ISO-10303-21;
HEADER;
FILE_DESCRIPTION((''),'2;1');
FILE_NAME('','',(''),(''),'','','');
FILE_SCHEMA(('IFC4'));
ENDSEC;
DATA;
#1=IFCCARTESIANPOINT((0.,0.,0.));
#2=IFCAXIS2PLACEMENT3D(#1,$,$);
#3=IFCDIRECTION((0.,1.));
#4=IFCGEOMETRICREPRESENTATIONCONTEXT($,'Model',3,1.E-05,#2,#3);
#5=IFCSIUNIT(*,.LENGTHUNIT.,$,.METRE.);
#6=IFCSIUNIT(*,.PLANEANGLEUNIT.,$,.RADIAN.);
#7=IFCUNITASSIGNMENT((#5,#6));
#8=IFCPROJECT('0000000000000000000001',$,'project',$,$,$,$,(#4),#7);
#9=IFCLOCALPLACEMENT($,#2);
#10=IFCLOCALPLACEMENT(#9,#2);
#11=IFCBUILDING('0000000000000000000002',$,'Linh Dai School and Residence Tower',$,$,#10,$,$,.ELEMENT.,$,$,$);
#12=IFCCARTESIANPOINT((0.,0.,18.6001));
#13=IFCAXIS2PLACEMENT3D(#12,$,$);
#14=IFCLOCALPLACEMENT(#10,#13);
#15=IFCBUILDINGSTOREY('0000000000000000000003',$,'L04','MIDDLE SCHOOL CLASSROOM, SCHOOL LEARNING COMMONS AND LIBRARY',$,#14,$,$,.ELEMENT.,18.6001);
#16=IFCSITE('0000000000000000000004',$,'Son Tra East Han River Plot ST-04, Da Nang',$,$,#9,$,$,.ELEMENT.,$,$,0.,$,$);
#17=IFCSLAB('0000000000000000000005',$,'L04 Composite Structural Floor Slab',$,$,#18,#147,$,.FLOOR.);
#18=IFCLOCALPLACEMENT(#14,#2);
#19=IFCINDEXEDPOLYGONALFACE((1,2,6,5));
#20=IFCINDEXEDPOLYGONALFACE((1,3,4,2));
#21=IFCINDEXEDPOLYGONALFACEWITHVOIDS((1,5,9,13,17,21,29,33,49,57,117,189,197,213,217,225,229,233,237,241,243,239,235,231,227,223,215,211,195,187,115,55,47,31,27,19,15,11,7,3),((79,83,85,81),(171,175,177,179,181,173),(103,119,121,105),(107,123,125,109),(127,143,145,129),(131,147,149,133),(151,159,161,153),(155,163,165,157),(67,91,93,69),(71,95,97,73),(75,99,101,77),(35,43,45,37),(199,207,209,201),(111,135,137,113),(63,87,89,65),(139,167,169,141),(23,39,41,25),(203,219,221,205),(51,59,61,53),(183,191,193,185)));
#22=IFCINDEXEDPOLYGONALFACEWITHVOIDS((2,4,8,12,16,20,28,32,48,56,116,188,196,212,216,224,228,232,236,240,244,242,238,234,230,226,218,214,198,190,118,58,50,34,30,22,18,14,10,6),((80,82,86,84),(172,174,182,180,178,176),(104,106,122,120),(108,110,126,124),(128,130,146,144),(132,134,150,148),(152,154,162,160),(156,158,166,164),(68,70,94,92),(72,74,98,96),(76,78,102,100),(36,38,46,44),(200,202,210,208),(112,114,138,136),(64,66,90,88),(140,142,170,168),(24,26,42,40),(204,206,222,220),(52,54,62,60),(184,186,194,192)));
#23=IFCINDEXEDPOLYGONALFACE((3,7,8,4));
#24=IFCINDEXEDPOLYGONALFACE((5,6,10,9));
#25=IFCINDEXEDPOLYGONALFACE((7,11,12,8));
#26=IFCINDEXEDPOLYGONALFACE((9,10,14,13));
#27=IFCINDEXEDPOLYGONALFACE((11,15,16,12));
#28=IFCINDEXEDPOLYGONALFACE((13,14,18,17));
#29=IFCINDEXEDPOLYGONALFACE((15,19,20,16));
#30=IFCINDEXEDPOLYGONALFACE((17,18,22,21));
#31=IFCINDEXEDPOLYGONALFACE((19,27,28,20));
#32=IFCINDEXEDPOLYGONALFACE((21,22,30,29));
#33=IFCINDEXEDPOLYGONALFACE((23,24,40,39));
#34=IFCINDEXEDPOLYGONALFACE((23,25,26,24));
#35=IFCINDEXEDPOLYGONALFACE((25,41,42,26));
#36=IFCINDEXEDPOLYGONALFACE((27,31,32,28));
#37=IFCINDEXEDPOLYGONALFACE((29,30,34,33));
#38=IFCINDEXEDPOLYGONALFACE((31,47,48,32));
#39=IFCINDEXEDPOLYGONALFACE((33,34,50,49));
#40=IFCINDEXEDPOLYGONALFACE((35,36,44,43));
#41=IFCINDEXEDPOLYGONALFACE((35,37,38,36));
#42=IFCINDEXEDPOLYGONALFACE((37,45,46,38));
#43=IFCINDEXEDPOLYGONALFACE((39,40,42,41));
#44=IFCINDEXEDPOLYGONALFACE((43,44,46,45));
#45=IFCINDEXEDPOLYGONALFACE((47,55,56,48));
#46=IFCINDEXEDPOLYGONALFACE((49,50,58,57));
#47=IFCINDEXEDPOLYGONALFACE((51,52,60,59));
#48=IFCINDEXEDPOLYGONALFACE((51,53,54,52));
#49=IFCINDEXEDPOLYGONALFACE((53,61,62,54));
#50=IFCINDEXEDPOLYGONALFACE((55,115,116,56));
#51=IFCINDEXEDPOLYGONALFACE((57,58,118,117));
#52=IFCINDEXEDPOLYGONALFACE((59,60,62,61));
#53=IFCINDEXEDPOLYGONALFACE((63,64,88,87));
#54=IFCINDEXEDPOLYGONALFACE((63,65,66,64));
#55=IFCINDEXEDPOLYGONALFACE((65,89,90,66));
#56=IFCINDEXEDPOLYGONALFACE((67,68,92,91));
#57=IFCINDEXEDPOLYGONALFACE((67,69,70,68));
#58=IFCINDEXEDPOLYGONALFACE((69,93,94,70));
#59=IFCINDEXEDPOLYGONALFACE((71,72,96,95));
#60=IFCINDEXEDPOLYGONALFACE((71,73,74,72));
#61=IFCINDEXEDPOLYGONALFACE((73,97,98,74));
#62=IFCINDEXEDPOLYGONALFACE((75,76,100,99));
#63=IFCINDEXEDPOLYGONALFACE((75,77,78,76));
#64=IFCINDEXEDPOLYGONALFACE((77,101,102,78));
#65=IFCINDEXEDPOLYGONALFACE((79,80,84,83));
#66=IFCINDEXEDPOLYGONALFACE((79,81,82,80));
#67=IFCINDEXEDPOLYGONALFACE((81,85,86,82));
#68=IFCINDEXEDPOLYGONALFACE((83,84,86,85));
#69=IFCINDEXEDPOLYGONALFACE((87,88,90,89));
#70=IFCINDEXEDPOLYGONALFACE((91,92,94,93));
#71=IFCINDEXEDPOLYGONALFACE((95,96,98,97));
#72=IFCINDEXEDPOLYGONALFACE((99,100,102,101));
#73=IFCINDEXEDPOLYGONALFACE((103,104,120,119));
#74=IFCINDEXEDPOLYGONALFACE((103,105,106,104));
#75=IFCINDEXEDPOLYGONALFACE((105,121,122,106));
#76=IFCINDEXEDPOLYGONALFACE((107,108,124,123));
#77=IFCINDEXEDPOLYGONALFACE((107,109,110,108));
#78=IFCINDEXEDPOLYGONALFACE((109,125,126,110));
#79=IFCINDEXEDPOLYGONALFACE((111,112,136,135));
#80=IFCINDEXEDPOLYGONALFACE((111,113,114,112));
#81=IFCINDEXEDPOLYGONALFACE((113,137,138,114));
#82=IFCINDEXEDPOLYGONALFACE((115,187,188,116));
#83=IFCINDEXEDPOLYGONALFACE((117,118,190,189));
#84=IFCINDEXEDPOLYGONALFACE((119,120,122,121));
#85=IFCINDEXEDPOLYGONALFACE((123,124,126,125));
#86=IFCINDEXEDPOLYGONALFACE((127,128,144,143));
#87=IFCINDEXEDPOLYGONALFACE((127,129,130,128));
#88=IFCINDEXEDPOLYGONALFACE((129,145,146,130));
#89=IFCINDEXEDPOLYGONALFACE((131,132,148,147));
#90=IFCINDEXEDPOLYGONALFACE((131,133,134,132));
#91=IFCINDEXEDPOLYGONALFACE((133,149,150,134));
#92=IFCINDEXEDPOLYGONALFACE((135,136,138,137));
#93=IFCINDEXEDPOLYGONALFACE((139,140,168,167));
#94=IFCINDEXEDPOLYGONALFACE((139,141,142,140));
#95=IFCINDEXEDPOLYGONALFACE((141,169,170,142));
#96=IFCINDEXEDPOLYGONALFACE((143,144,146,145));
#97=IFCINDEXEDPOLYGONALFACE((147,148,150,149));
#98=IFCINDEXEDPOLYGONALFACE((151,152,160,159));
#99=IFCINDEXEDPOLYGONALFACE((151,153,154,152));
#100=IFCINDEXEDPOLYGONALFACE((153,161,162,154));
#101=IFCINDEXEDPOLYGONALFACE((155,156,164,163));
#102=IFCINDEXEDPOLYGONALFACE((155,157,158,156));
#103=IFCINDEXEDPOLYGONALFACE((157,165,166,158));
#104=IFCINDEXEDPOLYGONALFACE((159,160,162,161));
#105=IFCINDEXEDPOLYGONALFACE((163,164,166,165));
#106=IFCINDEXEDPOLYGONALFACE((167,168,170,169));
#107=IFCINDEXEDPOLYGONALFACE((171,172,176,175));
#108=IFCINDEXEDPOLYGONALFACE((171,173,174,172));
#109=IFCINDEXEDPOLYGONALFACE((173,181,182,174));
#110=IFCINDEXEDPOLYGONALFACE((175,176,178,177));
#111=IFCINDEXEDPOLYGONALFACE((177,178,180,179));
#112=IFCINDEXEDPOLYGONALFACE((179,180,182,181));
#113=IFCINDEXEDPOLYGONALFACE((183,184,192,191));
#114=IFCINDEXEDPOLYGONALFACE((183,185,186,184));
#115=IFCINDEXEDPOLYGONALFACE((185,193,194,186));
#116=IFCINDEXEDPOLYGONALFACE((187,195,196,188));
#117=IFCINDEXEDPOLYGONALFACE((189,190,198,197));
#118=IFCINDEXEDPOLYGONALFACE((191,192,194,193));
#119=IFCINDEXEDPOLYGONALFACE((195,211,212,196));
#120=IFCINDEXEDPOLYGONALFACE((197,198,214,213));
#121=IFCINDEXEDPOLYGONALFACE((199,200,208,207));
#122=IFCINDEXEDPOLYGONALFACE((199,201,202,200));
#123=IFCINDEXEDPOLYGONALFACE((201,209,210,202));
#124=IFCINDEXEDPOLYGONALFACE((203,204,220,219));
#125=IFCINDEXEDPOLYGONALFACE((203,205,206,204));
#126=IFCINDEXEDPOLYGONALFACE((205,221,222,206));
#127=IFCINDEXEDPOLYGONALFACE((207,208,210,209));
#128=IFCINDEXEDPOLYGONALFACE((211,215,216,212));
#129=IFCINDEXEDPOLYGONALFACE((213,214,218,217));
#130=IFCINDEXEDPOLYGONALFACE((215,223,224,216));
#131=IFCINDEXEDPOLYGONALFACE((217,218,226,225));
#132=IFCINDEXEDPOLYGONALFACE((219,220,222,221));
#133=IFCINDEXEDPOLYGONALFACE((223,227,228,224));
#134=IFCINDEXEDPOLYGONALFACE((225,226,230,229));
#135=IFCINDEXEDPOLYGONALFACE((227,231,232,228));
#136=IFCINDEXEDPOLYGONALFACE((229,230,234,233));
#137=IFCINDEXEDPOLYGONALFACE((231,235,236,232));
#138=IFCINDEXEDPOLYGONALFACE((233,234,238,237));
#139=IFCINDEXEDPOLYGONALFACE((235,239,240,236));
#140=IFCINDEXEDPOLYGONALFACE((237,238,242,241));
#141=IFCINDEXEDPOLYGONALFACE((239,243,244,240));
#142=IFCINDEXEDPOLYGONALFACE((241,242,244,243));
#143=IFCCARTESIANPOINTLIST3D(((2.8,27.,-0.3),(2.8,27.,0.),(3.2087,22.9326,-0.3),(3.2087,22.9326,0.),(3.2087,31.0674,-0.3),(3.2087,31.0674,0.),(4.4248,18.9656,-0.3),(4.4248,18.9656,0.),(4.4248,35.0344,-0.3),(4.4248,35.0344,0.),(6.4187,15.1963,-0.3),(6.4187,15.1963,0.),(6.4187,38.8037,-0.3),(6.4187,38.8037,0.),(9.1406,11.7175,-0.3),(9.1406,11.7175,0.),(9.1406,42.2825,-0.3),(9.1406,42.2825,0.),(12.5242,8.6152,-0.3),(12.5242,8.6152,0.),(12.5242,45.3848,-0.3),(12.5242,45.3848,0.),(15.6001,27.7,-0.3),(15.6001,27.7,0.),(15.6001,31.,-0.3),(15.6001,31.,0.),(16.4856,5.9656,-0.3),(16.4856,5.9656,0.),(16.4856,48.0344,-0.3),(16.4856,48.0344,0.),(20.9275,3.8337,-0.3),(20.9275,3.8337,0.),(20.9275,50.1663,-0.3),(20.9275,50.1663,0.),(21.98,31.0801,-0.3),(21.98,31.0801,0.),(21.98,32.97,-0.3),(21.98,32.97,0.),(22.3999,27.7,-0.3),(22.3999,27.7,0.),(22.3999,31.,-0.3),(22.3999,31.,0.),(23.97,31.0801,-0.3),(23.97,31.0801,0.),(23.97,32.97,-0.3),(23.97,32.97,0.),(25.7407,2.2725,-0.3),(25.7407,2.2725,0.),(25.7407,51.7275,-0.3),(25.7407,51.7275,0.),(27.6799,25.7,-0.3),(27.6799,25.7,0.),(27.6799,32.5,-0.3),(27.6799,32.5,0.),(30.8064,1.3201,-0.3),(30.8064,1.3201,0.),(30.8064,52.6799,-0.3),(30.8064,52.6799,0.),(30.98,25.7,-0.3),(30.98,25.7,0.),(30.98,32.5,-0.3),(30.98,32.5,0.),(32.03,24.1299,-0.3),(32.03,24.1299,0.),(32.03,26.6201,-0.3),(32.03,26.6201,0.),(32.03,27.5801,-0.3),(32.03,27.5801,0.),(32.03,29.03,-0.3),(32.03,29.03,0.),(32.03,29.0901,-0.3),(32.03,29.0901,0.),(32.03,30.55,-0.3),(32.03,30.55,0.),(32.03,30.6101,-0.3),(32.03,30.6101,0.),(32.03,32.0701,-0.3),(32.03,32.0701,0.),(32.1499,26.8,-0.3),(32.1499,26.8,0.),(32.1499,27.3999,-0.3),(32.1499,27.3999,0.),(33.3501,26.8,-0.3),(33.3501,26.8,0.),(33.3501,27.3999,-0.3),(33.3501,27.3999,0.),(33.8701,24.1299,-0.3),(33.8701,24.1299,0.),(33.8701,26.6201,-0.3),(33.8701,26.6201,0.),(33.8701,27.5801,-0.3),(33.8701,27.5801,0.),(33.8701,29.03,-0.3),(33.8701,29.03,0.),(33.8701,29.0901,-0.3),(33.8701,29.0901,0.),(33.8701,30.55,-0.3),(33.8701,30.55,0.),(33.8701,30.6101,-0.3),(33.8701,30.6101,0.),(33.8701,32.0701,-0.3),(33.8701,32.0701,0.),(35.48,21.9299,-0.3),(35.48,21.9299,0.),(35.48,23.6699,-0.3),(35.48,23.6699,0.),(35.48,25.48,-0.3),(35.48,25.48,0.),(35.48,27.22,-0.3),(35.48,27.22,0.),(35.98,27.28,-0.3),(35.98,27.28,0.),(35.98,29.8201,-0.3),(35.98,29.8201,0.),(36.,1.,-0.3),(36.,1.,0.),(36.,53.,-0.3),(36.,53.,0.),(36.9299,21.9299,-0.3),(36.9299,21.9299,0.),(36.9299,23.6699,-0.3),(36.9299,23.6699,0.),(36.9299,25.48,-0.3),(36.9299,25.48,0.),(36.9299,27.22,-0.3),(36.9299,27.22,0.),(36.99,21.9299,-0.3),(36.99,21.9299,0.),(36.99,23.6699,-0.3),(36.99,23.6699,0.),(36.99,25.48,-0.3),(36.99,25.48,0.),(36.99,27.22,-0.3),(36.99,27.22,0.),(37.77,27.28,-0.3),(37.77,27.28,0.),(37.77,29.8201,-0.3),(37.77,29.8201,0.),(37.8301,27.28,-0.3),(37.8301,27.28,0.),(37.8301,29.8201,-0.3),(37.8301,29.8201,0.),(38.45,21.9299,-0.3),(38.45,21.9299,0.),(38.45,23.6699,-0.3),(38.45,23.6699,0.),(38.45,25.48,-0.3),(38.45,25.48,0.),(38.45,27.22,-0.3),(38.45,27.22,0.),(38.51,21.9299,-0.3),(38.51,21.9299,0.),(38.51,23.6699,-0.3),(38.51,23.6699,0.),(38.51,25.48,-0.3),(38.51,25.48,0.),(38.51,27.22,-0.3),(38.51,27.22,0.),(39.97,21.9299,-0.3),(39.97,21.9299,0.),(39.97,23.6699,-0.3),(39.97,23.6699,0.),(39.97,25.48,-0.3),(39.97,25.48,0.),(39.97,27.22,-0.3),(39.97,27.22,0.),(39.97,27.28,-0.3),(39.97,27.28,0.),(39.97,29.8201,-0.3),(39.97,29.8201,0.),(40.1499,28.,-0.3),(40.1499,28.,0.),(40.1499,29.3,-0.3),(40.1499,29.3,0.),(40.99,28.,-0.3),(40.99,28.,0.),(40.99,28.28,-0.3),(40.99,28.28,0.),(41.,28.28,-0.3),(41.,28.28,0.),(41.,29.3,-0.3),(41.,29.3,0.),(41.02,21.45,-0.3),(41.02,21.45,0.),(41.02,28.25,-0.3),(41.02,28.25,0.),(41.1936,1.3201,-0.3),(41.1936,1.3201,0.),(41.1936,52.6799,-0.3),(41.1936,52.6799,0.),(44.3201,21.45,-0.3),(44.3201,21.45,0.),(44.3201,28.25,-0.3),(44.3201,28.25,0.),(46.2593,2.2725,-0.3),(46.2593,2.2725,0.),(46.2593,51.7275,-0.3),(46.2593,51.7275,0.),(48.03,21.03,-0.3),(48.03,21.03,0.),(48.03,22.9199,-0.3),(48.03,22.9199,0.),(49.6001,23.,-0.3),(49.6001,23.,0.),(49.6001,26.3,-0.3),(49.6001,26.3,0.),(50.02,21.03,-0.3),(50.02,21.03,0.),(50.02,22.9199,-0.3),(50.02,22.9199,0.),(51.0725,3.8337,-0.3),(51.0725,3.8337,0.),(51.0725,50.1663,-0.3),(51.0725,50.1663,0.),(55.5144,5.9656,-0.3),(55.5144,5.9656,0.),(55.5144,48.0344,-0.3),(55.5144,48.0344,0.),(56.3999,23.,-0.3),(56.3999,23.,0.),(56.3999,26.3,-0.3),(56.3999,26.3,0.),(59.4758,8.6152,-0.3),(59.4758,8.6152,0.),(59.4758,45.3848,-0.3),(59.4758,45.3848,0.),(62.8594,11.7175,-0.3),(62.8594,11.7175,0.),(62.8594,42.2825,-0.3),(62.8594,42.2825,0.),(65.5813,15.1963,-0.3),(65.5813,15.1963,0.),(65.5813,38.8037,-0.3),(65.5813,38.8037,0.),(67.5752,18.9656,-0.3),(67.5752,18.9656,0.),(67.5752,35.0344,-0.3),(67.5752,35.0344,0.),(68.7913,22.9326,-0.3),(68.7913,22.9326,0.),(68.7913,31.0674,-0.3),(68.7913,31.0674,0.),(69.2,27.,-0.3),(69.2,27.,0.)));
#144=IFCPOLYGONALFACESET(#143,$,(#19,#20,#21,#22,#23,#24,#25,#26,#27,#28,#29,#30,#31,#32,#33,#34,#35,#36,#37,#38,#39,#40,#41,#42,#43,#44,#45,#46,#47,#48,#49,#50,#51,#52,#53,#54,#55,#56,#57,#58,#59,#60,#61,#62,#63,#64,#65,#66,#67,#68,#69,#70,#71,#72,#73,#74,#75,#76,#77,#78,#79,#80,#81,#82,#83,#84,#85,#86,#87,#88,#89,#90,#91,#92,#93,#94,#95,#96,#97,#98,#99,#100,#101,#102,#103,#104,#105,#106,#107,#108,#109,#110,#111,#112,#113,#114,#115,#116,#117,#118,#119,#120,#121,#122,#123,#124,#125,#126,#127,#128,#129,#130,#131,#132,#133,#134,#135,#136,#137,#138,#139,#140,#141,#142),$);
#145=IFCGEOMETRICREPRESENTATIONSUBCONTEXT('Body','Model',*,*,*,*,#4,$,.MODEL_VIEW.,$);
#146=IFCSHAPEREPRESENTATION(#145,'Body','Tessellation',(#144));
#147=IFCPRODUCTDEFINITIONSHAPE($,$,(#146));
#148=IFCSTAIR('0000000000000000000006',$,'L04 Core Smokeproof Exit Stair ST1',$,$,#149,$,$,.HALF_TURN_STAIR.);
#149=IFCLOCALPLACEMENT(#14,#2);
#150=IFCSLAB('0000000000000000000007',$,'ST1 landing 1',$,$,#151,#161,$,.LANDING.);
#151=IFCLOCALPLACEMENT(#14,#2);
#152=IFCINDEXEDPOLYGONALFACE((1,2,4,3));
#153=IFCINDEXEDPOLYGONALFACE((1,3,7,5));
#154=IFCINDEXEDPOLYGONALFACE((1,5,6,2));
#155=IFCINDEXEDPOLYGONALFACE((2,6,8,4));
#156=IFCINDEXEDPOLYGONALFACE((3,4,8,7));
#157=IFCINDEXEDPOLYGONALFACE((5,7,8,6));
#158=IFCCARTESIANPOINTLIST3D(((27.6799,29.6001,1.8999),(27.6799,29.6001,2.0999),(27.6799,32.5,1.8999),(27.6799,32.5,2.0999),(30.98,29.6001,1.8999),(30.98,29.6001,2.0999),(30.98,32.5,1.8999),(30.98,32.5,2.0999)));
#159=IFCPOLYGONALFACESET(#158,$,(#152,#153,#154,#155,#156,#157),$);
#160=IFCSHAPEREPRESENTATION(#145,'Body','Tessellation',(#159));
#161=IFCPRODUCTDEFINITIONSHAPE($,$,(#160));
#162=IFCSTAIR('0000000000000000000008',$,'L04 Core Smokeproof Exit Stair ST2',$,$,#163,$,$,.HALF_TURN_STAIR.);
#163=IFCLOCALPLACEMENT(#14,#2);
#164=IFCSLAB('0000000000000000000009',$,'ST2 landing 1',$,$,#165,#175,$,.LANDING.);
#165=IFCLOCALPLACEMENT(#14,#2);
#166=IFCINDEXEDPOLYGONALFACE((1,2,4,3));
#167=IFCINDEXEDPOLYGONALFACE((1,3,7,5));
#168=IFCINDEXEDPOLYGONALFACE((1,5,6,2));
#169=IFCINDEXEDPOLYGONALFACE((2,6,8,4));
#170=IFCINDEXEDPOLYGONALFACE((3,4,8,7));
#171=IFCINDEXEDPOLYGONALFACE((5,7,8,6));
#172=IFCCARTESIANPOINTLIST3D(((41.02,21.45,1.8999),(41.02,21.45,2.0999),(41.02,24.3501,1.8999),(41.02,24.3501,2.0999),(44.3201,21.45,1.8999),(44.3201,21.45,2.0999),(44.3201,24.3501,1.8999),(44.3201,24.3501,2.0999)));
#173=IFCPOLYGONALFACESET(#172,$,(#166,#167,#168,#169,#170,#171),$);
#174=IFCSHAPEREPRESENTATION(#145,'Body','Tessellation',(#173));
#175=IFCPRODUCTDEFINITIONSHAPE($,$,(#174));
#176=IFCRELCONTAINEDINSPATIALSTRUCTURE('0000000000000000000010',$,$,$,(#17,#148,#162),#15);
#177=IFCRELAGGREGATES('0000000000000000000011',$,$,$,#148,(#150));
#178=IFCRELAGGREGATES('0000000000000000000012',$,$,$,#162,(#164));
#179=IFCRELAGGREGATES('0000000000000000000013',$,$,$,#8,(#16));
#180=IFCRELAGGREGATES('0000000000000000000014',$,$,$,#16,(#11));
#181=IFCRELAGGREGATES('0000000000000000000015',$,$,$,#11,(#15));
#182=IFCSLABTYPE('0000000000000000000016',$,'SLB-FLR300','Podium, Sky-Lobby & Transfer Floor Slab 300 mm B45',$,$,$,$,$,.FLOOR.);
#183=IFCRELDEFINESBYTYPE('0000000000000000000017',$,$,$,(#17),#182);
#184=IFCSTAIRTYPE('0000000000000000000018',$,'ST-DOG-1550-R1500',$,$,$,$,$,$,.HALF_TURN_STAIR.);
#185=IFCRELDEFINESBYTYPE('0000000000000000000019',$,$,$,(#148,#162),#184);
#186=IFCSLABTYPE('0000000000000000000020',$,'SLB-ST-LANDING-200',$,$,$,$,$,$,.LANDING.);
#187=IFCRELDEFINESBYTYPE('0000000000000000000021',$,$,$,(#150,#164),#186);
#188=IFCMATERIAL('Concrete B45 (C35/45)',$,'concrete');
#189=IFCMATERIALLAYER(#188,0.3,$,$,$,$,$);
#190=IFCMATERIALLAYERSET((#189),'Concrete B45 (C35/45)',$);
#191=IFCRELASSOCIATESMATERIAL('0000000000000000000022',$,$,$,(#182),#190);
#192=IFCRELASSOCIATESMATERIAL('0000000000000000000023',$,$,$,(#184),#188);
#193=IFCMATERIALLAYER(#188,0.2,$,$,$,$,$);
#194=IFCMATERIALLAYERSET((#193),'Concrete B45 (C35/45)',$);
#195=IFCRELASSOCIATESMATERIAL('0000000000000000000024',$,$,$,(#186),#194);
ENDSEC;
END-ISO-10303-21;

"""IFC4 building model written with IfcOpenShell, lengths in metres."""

from ifc_helpers import new_model, si_unit, direction, frame, origin, place, context, subcontext, project, spatial, polyline, outline, extrude, material, layer, layer_set, type_object, element, aggregate, save


model = new_model("IFC4")

# Units and contexts
model_context = context("Model", 3, precision=1e-05, world=origin(), true_north=direction((0.0, 1.0)))
body_context = subcontext(model_context, "Body", "Model", "MODEL_VIEW")
ifc_project = project(units=[si_unit("LENGTHUNIT", "METRE"), si_unit("PLANEANGLEUNIT", "RADIAN")], contexts=[model_context])

# Site, building, storey
site_placement = place(None, origin())
site = spatial("IfcSite", under=ifc_project, at=site_placement, Name="Son Tra East Han River Plot ST-04, Da Nang", CompositionType="ELEMENT", RefElevation=0.0)
building_placement = place(site_placement, origin())
building = spatial("IfcBuilding", under=site, at=building_placement, Name="Linh Dai School and Residence Tower", CompositionType="ELEMENT")
storey_placement = place(building_placement, frame((0.0, 0.0, 18.6001)))
storey = spatial("IfcBuildingStorey", under=building, at=storey_placement, Name="L04", Description="MIDDLE SCHOOL CLASSROOM, SCHOOL LEARNING COMMONS AND LIBRARY", CompositionType="ELEMENT", Elevation=18.6001)

# Slab
ifc_material_1 = material(Name="Concrete B45 (C35/45)", Category="concrete")
ifc_layer_1 = layer(ifc_material_1, 0.3)
ifc_layer_set_1 = layer_set([ifc_layer_1], Name="Concrete B45 (C35/45)")
slab_type_1 = type_object("IfcSlabType", Name="SLB-FLR300", Description="Podium, Sky-Lobby & Transfer Floor Slab 300 mm B45", PredefinedType="FLOOR", material=ifc_layer_set_1)
slab_1_placement = place(storey_placement, frame((0.0, 0.0, -0.3)))
element("IfcSlab", 1, at=slab_1_placement, inside=storey, type_object=slab_type_1, Name="L04 Composite Structural Floor Slab", PredefinedType="FLOOR", context=body_context, shape_type="SweptSolid", body=[
    extrude(outline(polyline([(69.2, 27.0), (68.7913, 31.0674), (67.5752, 35.0344), (65.5813, 38.8037), (62.8594, 42.2825), (59.4758, 45.3848), (55.5144, 48.0344), (51.0725, 50.1663), (46.2593, 51.7275), (41.1936, 52.6799), (36.0, 53.0), (30.8064, 52.6799), (25.7407, 51.7275), (20.9275, 50.1663), (16.4856, 48.0344), (12.5242, 45.3848), (9.1406, 42.2825), (6.4187, 38.8037), (4.4248, 35.0344), (3.2087, 31.0674), (2.8, 27.0), (3.2087, 22.9326), (4.4248, 18.9656), (6.4187, 15.1963), (9.1406, 11.7175), (12.5242, 8.6152), (16.4856, 5.9656), (20.9275, 3.8337), (25.7407, 2.2725), (30.8064, 1.3201), (36.0, 1.0), (41.1936, 1.3201), (46.2593, 2.2725), (51.0725, 3.8337), (55.5144, 5.9656), (59.4758, 8.6152), (62.8594, 11.7175), (65.5813, 15.1963), (67.5752, 18.9656), (68.7913, 22.9326), (69.2, 27.0)]), holes=[polyline([(30.98, 25.7), (30.98, 32.5), (27.6799, 32.5), (27.6799, 25.7), (30.98, 25.7)]), polyline([(41.02, 28.25), (41.02, 21.45), (44.3201, 21.45), (44.3201, 28.25), (41.02, 28.25)]), polyline([(22.3999, 31.0), (15.6001, 31.0), (15.6001, 27.7), (22.3999, 27.7), (22.3999, 31.0)]), polyline([(49.6001, 23.0), (56.3999, 23.0), (56.3999, 26.3), (49.6001, 26.3), (49.6001, 23.0)]), polyline([(35.98, 27.28), (37.77, 27.28), (37.77, 29.8201), (35.98, 29.8201), (35.98, 27.28)]), polyline([(32.03, 24.1299), (33.8701, 24.1299), (33.8701, 26.6201), (32.03, 26.6201), (32.03, 24.1299)]), polyline([(37.8301, 27.28), (39.97, 27.28), (39.97, 29.8201), (37.8301, 29.8201), (37.8301, 27.28)]), polyline([(35.48, 21.9299), (36.9299, 21.9299), (36.9299, 23.6699), (35.48, 23.6699), (35.48, 21.9299)]), polyline([(36.99, 21.9299), (38.45, 21.9299), (38.45, 23.6699), (36.99, 23.6699), (36.99, 21.9299)]), polyline([(38.51, 21.9299), (39.97, 21.9299), (39.97, 23.6699), (38.51, 23.6699), (38.51, 21.9299)]), polyline([(32.03, 27.5801), (33.8701, 27.5801), (33.8701, 29.03), (32.03, 29.03), (32.03, 27.5801)]), polyline([(32.03, 29.0901), (33.8701, 29.0901), (33.8701, 30.55), (32.03, 30.55), (32.03, 29.0901)]), polyline([(32.03, 30.6101), (33.8701, 30.6101), (33.8701, 32.0701), (32.03, 32.0701), (32.03, 30.6101)]), polyline([(35.48, 25.48), (36.9299, 25.48), (36.9299, 27.22), (35.48, 27.22), (35.48, 25.48)]), polyline([(36.99, 25.48), (38.45, 25.48), (38.45, 27.22), (36.99, 27.22), (36.99, 25.48)]), polyline([(38.51, 25.48), (39.97, 25.48), (39.97, 27.22), (38.51, 27.22), (38.51, 25.48)]), polyline([(21.98, 31.0801), (23.97, 31.0801), (23.97, 32.97), (21.98, 32.97), (21.98, 31.0801)]), polyline([(48.03, 21.03), (50.02, 21.03), (50.02, 22.9199), (48.03, 22.9199), (48.03, 21.03)]), polyline([(40.1499, 28.0), (40.1499, 29.3), (41.0, 29.3), (41.0, 28.28), (40.99, 28.28), (40.99, 28.0), (40.1499, 28.0)]), polyline([(32.1499, 26.8), (33.3501, 26.8), (33.3501, 27.3999), (32.1499, 27.3999), (32.1499, 26.8)])]), origin(), (0.0, 0.0, 1.0), 0.3),
])

# Stairs, slabs
stair_type = type_object("IfcStairType", Name="ST-DOG-1550-R1500", PredefinedType="HALF_TURN_STAIR", material=ifc_material_1)
stair_1_placement = place(storey_placement, origin())
stair_1 = element("IfcStair", 2, at=stair_1_placement, inside=storey, type_object=stair_type, Name="L04 Core Smokeproof Exit Stair ST1", PredefinedType="HALF_TURN_STAIR")
ifc_layer_2 = layer(ifc_material_1, 0.2)
ifc_layer_set_2 = layer_set([ifc_layer_2], Name="Concrete B45 (C35/45)")
slab_type_2 = type_object("IfcSlabType", Name="SLB-ST-LANDING-200", PredefinedType="LANDING", material=ifc_layer_set_2)
slab_2_placement = place(storey_placement, frame((0.0, 0.0, 1.8999)))
slab_2 = element("IfcSlab", 3, at=slab_2_placement, type_object=slab_type_2, Name="ST1 landing 1", PredefinedType="LANDING", context=body_context, shape_type="SweptSolid", body=[
    extrude(outline(polyline([(30.98, 29.6001), (30.98, 32.5), (27.6799, 32.5), (27.6799, 29.6001), (30.98, 29.6001)])), origin(), (0.0, 0.0, 1.0), 0.2),
])
aggregate(stair_1, [slab_2])
stair_2_placement = place(storey_placement, origin())
stair_2 = element("IfcStair", 4, at=stair_2_placement, inside=storey, type_object=stair_type, Name="L04 Core Smokeproof Exit Stair ST2", PredefinedType="HALF_TURN_STAIR")
slab_3_placement = place(storey_placement, frame((0.0, 0.0, 1.8999)))
slab_3 = element("IfcSlab", 5, at=slab_3_placement, type_object=slab_type_2, Name="ST2 landing 1", PredefinedType="LANDING", context=body_context, shape_type="SweptSolid", body=[
    extrude(outline(polyline([(41.02, 24.3501), (41.02, 21.45), (44.3201, 21.45), (44.3201, 24.3501), (41.02, 24.3501)])), origin(), (0.0, 0.0, 1.0), 0.2),
])
aggregate(stair_2, [slab_3])

save(model, "model.ifc")
